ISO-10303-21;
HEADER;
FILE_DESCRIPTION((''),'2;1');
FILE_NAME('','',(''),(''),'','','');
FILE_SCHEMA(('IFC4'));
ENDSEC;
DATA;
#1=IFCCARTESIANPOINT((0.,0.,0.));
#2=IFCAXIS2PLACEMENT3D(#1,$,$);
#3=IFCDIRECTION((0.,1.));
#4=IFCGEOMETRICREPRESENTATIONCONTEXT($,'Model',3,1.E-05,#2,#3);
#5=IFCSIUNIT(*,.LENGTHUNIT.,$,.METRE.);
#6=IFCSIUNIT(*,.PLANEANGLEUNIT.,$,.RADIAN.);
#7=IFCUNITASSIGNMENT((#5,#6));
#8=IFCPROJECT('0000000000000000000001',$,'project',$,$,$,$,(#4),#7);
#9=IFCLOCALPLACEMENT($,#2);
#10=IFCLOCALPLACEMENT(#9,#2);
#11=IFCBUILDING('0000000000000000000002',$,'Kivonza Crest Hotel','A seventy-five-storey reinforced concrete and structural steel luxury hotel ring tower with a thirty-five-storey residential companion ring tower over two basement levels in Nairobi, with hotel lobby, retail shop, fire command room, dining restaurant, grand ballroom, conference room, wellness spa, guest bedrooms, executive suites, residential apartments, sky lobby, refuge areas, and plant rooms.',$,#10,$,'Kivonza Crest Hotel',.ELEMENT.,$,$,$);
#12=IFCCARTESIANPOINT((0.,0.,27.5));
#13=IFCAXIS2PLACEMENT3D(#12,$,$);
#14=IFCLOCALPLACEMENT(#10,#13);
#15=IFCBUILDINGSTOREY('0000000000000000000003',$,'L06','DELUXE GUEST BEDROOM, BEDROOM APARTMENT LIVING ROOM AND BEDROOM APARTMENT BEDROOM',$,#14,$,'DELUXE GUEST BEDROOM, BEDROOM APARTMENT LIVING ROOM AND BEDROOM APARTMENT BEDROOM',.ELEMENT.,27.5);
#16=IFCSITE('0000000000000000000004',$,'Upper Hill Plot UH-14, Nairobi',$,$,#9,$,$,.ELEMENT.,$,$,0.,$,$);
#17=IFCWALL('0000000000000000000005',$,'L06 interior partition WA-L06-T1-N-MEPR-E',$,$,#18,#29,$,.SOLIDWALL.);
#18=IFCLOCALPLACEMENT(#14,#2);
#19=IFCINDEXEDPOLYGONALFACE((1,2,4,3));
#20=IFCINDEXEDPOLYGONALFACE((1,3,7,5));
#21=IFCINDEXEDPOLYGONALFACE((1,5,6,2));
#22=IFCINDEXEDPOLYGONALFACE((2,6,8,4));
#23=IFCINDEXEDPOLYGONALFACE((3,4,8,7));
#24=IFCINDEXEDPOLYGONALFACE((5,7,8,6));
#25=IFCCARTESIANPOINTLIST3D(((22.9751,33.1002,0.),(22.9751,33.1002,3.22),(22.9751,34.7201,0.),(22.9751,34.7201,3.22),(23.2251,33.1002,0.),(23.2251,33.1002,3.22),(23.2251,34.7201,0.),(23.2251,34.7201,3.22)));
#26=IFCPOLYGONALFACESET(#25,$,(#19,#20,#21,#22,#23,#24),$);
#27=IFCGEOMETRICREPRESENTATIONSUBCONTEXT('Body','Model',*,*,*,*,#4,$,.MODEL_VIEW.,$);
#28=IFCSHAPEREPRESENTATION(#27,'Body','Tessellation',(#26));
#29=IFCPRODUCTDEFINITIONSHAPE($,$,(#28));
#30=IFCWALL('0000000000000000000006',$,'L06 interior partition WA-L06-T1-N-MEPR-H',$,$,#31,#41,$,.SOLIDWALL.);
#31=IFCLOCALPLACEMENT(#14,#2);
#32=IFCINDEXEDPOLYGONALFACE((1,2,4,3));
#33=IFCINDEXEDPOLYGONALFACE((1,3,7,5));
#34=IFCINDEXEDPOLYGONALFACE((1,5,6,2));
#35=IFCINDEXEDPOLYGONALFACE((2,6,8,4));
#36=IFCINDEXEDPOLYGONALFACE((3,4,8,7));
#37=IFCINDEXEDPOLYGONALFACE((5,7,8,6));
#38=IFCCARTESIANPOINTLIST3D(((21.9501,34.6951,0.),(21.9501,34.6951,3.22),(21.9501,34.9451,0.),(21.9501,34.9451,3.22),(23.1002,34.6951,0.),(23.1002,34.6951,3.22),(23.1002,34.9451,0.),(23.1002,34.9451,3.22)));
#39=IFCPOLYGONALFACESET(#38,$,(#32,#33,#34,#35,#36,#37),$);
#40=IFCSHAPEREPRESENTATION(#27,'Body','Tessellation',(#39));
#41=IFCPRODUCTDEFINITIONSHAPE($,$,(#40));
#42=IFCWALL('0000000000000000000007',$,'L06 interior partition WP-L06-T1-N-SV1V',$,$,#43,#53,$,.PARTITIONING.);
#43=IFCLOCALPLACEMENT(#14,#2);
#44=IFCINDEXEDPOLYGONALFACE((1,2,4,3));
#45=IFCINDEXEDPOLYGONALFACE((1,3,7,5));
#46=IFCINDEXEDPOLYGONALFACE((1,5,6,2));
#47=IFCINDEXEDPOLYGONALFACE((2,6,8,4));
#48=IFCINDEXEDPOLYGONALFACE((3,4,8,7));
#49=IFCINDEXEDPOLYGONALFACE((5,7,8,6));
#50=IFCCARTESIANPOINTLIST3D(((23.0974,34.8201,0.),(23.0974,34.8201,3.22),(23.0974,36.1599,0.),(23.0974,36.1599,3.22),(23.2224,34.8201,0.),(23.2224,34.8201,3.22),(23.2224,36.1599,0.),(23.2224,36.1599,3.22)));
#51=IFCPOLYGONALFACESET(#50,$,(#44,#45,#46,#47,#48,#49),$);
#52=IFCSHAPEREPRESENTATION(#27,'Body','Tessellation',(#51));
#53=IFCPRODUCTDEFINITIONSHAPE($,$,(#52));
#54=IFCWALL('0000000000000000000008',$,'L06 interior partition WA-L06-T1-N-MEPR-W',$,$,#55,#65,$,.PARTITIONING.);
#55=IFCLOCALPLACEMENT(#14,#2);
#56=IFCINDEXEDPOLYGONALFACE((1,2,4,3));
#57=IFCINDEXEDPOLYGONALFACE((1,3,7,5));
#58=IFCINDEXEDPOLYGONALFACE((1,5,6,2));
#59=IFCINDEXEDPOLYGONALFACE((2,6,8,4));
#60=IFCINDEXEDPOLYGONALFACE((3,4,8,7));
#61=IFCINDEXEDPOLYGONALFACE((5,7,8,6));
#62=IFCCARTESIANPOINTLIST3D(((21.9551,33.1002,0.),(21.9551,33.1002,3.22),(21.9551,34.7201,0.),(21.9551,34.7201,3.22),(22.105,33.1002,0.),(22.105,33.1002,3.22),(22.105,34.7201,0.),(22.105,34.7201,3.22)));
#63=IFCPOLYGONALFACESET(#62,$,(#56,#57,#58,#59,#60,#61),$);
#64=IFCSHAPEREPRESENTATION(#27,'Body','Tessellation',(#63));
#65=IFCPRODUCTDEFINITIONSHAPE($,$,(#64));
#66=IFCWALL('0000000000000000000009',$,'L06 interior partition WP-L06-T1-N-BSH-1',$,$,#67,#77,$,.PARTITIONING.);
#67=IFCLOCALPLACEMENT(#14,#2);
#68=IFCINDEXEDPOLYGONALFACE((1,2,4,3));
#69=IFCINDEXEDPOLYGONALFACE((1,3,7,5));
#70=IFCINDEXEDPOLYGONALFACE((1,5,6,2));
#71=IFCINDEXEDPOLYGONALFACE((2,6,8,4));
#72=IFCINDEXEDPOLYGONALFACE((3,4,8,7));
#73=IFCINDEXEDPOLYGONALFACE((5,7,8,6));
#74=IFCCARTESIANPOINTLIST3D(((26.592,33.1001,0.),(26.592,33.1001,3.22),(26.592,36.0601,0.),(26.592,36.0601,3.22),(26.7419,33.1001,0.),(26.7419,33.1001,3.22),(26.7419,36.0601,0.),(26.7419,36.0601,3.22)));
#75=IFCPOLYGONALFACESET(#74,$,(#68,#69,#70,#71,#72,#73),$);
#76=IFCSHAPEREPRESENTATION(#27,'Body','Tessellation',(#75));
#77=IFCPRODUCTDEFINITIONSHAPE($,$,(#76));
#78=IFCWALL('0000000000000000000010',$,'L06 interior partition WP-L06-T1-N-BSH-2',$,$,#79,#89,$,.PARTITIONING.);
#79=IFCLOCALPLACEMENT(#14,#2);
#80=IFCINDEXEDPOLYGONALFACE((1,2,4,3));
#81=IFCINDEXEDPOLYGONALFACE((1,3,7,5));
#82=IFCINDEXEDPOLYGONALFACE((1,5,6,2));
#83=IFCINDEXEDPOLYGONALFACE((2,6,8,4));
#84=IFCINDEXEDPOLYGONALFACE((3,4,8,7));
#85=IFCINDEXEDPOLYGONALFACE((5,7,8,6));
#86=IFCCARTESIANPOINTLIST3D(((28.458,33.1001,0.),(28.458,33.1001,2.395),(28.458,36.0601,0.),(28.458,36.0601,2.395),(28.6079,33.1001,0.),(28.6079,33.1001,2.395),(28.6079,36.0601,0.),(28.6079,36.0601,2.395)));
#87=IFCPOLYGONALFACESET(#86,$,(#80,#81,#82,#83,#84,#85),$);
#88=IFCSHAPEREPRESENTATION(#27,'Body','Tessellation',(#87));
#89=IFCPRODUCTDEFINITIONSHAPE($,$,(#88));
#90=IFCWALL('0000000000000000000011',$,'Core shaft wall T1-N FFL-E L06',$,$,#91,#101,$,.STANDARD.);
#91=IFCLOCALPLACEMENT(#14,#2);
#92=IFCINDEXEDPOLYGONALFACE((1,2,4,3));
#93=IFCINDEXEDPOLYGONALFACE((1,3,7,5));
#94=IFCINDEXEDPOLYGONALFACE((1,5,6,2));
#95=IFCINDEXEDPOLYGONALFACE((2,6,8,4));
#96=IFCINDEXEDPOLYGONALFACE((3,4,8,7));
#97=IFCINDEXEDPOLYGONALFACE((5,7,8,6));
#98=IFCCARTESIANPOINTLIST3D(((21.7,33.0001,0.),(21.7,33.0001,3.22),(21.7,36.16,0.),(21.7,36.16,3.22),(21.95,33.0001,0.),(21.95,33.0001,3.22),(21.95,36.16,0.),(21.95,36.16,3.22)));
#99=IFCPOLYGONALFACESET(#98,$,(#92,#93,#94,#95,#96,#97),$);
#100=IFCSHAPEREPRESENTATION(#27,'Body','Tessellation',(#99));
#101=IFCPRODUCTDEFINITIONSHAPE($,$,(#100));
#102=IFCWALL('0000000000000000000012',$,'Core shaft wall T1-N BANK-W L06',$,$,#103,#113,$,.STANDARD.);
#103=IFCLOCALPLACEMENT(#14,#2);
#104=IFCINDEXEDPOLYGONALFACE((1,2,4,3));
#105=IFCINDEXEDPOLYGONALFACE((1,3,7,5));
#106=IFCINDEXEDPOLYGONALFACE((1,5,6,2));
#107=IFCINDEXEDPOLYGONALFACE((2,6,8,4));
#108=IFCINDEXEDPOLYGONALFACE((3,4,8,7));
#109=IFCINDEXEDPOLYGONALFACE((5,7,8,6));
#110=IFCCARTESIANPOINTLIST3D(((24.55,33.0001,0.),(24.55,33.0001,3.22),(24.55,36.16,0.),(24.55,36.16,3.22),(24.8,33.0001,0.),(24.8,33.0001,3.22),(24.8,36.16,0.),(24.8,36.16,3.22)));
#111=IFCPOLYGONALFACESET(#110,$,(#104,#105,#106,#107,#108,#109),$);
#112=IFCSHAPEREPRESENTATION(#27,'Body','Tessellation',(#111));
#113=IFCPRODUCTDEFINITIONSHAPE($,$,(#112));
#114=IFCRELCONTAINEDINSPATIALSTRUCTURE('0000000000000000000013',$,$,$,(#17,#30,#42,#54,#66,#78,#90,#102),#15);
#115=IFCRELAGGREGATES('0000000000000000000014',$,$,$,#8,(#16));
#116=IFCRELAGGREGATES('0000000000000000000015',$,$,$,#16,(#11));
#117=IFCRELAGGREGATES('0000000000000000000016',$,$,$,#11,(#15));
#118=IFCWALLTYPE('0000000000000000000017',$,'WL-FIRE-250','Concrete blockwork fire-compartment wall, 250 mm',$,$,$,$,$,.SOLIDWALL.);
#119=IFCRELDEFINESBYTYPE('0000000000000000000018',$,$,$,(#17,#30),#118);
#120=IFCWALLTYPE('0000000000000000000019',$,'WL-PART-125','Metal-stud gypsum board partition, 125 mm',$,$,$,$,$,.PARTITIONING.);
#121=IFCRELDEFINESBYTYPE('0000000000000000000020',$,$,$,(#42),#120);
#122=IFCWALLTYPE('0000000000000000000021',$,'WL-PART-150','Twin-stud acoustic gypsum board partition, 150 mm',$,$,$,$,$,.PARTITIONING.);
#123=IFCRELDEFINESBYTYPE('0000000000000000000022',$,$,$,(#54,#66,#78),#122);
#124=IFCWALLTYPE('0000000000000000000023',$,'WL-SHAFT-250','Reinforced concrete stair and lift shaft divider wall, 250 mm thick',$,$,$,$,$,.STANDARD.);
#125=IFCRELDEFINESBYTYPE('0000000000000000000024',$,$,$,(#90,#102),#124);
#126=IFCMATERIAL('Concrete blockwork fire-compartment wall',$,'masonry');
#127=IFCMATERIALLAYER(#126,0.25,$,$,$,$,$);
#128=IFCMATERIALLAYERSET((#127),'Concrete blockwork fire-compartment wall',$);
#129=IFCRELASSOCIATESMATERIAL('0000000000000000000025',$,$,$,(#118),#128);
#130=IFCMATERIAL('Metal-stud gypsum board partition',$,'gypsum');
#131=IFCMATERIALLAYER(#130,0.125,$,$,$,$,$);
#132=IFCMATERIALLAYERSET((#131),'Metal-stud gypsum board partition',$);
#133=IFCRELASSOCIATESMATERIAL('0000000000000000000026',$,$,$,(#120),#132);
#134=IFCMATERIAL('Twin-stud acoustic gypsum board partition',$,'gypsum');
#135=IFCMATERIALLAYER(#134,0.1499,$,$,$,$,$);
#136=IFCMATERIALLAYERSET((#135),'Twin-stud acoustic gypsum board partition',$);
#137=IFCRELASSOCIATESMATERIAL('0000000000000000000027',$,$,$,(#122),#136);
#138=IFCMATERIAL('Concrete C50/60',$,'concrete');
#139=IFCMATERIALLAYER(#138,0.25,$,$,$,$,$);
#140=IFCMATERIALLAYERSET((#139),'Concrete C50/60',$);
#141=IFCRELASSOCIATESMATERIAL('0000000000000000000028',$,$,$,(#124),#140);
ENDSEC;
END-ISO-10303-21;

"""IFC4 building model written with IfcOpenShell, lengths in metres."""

from ifc_helpers import new_model, si_unit, direction, frame, frame_2d, origin, place, context, subcontext, project, spatial, rectangle, extrude, material, layer, layer_set, type_object, element, save


model = new_model("IFC4")

# Units and contexts
model_context = context("Model", 3, precision=1e-05, world=origin(), true_north=direction((0.0, 1.0)))
body_context = subcontext(model_context, "Body", "Model", "MODEL_VIEW")
ifc_project = project(units=[si_unit("LENGTHUNIT", "METRE"), si_unit("PLANEANGLEUNIT", "RADIAN")], contexts=[model_context])

# Site, building, storey
site_placement = place(None, origin())
site = spatial("IfcSite", under=ifc_project, at=site_placement, Name="Upper Hill Plot UH-14, Nairobi", CompositionType="ELEMENT", RefElevation=0.0)
building_placement = place(site_placement, origin())
building = spatial("IfcBuilding", under=site, at=building_placement, Name="Kivonza Crest Hotel", Description="A seventy-five-storey reinforced concrete and structural steel luxury hotel ring tower with a thirty-five-storey residential companion ring tower over two basement levels in Nairobi, with hotel lobby, retail shop, fire command room, dining restaurant, grand ballroom, conference room, wellness spa, guest bedrooms, executive suites, residential apartments, sky lobby, refuge areas, and plant rooms.", LongName="Kivonza Crest Hotel", CompositionType="ELEMENT")
storey_placement = place(building_placement, frame((0.0, 0.0, 27.5)))
storey = spatial("IfcBuildingStorey", under=building, at=storey_placement, Name="L06", Description="DELUXE GUEST BEDROOM, BEDROOM APARTMENT LIVING ROOM AND BEDROOM APARTMENT BEDROOM", LongName="DELUXE GUEST BEDROOM, BEDROOM APARTMENT LIVING ROOM AND BEDROOM APARTMENT BEDROOM", CompositionType="ELEMENT", Elevation=27.5)

# Walls
ifc_material_1 = material(Name="Concrete blockwork fire-compartment wall", Category="masonry")
ifc_layer_1 = layer(ifc_material_1, 0.25)
ifc_layer_set_1 = layer_set([ifc_layer_1], Name="Concrete blockwork fire-compartment wall")
wall_type_1 = type_object("IfcWallType", Name="WL-FIRE-250", Description="Concrete blockwork fire-compartment wall, 250 mm", PredefinedType="SOLIDWALL", material=ifc_layer_set_1)
wall_1_placement = place(storey_placement, frame((23.1001, 33.1001, 0.0), z_axis=(0.0, 0.0, 1.0), x_axis=(0.0, 1.0, 0.0)))
element("IfcWall", 1, at=wall_1_placement, inside=storey, type_object=wall_type_1, Name="L06 interior partition WA-L06-T1-N-MEPR-E", PredefinedType="SOLIDWALL", context=body_context, shape_type="SweptSolid", body=[
    extrude(rectangle(XDim=1.6199, YDim=0.25, at=frame_2d((0.8101, 0.0))), origin(), (0.0, 0.0, 1.0), 3.22),
])
wall_2_placement = place(storey_placement, frame((21.95, 34.8201, 0.0), z_axis=(0.0, 0.0, 1.0), x_axis=(1.0, 0.0, 0.0)))
element("IfcWall", 2, at=wall_2_placement, inside=storey, type_object=wall_type_1, Name="L06 interior partition WA-L06-T1-N-MEPR-H", PredefinedType="SOLIDWALL", context=body_context, shape_type="SweptSolid", body=[
    extrude(rectangle(XDim=1.1501, YDim=0.25, at=frame_2d((0.5752, 0.0))), origin(), (0.0, 0.0, 1.0), 3.22),
])
ifc_material_2 = material(Name="Metal-stud gypsum board partition", Category="gypsum")
ifc_layer_2 = layer(ifc_material_2, 0.125)
ifc_layer_set_2 = layer_set([ifc_layer_2], Name="Metal-stud gypsum board partition")
wall_type_2 = type_object("IfcWallType", Name="WL-PART-125", Description="Metal-stud gypsum board partition, 125 mm", PredefinedType="PARTITIONING", material=ifc_layer_set_2)
wall_3_placement = place(storey_placement, frame((23.1599, 34.8201, 0.0), z_axis=(0.0, 0.0, 1.0), x_axis=(0.0, 1.0, 0.0)))
element("IfcWall", 3, at=wall_3_placement, inside=storey, type_object=wall_type_2, Name="L06 interior partition WP-L06-T1-N-SV1V", PredefinedType="PARTITIONING", context=body_context, shape_type="SweptSolid", body=[
    extrude(rectangle(XDim=1.3398, YDim=0.125, at=frame_2d((0.6699, 0.0))), origin(), (0.0, 0.0, 1.0), 3.22),
])
ifc_material_3 = material(Name="Twin-stud acoustic gypsum board partition", Category="gypsum")
ifc_layer_3 = layer(ifc_material_3, 0.1499)
ifc_layer_set_3 = layer_set([ifc_layer_3], Name="Twin-stud acoustic gypsum board partition")
wall_type_3 = type_object("IfcWallType", Name="WL-PART-150", Description="Twin-stud acoustic gypsum board partition, 150 mm", PredefinedType="PARTITIONING", material=ifc_layer_set_3)
wall_4_placement = place(storey_placement, frame((22.03, 33.1001, 0.0), z_axis=(0.0, 0.0, 1.0), x_axis=(0.0, 1.0, 0.0)))
element("IfcWall", 4, at=wall_4_placement, inside=storey, type_object=wall_type_3, Name="L06 interior partition WA-L06-T1-N-MEPR-W", PredefinedType="PARTITIONING", context=body_context, shape_type="SweptSolid", body=[
    extrude(rectangle(XDim=1.6199, YDim=0.1499, at=frame_2d((0.8101, 0.0))), origin(), (0.0, 0.0, 1.0), 3.22),
])
wall_5_placement = place(storey_placement, frame((26.667, 33.1001, 0.0), z_axis=(0.0, 0.0, 1.0), x_axis=(0.0, 1.0, 0.0)))
element("IfcWall", 5, at=wall_5_placement, inside=storey, type_object=wall_type_3, Name="L06 interior partition WP-L06-T1-N-BSH-1", PredefinedType="PARTITIONING", context=body_context, shape_type="SweptSolid", body=[
    extrude(rectangle(XDim=2.96, YDim=0.1499, at=frame_2d((1.48, 0.0))), origin(), (0.0, 0.0, 1.0), 3.22),
])
wall_6_placement = place(storey_placement, frame((28.533, 33.1001, 0.0), z_axis=(0.0, 0.0, 1.0), x_axis=(0.0, 1.0, 0.0)))
element("IfcWall", 6, at=wall_6_placement, inside=storey, type_object=wall_type_3, Name="L06 interior partition WP-L06-T1-N-BSH-2", PredefinedType="PARTITIONING", context=body_context, shape_type="SweptSolid", body=[
    extrude(rectangle(XDim=2.96, YDim=0.1499, at=frame_2d((1.48, 0.0))), origin(), (0.0, 0.0, 1.0), 2.395),
])

# Shared definitions
ifc_material_4 = material(Name="Concrete C50/60", Category="concrete")
ifc_layer_4 = layer(ifc_material_4, 0.25)
ifc_layer_set_4 = layer_set([ifc_layer_4], Name="Concrete C50/60")
wall_type_4 = type_object("IfcWallType", Name="WL-SHAFT-250", Description="Reinforced concrete stair and lift shaft divider wall, 250 mm thick", PredefinedType="STANDARD", material=ifc_layer_set_4)

# Walls
for number, where, z_axis, x_axis, name in (
    (7, (21.825, 33.0, 0.0), (0.0, 0.0, 1.0), (0.0, 1.0, 0.0), "Core shaft wall T1-N FFL-E L06"),
    (8, (24.675, 33.0, 0.0), (0.0, 0.0, 1.0), (0.0, 1.0, 0.0), "Core shaft wall T1-N BANK-W L06"),
):
    element("IfcWall", number, at=place(storey_placement, frame(where, z_axis=z_axis, x_axis=x_axis)), inside=storey, type_object=wall_type_4, Name=name, PredefinedType="STANDARD", context=body_context, shape_type="SweptSolid", body=[
        extrude(rectangle(XDim=3.1599, YDim=0.25, at=frame_2d((1.5801, 0.0))), origin(), (0.0, 0.0, 1.0), 3.22),
    ])

save(model, "model.ifc")
